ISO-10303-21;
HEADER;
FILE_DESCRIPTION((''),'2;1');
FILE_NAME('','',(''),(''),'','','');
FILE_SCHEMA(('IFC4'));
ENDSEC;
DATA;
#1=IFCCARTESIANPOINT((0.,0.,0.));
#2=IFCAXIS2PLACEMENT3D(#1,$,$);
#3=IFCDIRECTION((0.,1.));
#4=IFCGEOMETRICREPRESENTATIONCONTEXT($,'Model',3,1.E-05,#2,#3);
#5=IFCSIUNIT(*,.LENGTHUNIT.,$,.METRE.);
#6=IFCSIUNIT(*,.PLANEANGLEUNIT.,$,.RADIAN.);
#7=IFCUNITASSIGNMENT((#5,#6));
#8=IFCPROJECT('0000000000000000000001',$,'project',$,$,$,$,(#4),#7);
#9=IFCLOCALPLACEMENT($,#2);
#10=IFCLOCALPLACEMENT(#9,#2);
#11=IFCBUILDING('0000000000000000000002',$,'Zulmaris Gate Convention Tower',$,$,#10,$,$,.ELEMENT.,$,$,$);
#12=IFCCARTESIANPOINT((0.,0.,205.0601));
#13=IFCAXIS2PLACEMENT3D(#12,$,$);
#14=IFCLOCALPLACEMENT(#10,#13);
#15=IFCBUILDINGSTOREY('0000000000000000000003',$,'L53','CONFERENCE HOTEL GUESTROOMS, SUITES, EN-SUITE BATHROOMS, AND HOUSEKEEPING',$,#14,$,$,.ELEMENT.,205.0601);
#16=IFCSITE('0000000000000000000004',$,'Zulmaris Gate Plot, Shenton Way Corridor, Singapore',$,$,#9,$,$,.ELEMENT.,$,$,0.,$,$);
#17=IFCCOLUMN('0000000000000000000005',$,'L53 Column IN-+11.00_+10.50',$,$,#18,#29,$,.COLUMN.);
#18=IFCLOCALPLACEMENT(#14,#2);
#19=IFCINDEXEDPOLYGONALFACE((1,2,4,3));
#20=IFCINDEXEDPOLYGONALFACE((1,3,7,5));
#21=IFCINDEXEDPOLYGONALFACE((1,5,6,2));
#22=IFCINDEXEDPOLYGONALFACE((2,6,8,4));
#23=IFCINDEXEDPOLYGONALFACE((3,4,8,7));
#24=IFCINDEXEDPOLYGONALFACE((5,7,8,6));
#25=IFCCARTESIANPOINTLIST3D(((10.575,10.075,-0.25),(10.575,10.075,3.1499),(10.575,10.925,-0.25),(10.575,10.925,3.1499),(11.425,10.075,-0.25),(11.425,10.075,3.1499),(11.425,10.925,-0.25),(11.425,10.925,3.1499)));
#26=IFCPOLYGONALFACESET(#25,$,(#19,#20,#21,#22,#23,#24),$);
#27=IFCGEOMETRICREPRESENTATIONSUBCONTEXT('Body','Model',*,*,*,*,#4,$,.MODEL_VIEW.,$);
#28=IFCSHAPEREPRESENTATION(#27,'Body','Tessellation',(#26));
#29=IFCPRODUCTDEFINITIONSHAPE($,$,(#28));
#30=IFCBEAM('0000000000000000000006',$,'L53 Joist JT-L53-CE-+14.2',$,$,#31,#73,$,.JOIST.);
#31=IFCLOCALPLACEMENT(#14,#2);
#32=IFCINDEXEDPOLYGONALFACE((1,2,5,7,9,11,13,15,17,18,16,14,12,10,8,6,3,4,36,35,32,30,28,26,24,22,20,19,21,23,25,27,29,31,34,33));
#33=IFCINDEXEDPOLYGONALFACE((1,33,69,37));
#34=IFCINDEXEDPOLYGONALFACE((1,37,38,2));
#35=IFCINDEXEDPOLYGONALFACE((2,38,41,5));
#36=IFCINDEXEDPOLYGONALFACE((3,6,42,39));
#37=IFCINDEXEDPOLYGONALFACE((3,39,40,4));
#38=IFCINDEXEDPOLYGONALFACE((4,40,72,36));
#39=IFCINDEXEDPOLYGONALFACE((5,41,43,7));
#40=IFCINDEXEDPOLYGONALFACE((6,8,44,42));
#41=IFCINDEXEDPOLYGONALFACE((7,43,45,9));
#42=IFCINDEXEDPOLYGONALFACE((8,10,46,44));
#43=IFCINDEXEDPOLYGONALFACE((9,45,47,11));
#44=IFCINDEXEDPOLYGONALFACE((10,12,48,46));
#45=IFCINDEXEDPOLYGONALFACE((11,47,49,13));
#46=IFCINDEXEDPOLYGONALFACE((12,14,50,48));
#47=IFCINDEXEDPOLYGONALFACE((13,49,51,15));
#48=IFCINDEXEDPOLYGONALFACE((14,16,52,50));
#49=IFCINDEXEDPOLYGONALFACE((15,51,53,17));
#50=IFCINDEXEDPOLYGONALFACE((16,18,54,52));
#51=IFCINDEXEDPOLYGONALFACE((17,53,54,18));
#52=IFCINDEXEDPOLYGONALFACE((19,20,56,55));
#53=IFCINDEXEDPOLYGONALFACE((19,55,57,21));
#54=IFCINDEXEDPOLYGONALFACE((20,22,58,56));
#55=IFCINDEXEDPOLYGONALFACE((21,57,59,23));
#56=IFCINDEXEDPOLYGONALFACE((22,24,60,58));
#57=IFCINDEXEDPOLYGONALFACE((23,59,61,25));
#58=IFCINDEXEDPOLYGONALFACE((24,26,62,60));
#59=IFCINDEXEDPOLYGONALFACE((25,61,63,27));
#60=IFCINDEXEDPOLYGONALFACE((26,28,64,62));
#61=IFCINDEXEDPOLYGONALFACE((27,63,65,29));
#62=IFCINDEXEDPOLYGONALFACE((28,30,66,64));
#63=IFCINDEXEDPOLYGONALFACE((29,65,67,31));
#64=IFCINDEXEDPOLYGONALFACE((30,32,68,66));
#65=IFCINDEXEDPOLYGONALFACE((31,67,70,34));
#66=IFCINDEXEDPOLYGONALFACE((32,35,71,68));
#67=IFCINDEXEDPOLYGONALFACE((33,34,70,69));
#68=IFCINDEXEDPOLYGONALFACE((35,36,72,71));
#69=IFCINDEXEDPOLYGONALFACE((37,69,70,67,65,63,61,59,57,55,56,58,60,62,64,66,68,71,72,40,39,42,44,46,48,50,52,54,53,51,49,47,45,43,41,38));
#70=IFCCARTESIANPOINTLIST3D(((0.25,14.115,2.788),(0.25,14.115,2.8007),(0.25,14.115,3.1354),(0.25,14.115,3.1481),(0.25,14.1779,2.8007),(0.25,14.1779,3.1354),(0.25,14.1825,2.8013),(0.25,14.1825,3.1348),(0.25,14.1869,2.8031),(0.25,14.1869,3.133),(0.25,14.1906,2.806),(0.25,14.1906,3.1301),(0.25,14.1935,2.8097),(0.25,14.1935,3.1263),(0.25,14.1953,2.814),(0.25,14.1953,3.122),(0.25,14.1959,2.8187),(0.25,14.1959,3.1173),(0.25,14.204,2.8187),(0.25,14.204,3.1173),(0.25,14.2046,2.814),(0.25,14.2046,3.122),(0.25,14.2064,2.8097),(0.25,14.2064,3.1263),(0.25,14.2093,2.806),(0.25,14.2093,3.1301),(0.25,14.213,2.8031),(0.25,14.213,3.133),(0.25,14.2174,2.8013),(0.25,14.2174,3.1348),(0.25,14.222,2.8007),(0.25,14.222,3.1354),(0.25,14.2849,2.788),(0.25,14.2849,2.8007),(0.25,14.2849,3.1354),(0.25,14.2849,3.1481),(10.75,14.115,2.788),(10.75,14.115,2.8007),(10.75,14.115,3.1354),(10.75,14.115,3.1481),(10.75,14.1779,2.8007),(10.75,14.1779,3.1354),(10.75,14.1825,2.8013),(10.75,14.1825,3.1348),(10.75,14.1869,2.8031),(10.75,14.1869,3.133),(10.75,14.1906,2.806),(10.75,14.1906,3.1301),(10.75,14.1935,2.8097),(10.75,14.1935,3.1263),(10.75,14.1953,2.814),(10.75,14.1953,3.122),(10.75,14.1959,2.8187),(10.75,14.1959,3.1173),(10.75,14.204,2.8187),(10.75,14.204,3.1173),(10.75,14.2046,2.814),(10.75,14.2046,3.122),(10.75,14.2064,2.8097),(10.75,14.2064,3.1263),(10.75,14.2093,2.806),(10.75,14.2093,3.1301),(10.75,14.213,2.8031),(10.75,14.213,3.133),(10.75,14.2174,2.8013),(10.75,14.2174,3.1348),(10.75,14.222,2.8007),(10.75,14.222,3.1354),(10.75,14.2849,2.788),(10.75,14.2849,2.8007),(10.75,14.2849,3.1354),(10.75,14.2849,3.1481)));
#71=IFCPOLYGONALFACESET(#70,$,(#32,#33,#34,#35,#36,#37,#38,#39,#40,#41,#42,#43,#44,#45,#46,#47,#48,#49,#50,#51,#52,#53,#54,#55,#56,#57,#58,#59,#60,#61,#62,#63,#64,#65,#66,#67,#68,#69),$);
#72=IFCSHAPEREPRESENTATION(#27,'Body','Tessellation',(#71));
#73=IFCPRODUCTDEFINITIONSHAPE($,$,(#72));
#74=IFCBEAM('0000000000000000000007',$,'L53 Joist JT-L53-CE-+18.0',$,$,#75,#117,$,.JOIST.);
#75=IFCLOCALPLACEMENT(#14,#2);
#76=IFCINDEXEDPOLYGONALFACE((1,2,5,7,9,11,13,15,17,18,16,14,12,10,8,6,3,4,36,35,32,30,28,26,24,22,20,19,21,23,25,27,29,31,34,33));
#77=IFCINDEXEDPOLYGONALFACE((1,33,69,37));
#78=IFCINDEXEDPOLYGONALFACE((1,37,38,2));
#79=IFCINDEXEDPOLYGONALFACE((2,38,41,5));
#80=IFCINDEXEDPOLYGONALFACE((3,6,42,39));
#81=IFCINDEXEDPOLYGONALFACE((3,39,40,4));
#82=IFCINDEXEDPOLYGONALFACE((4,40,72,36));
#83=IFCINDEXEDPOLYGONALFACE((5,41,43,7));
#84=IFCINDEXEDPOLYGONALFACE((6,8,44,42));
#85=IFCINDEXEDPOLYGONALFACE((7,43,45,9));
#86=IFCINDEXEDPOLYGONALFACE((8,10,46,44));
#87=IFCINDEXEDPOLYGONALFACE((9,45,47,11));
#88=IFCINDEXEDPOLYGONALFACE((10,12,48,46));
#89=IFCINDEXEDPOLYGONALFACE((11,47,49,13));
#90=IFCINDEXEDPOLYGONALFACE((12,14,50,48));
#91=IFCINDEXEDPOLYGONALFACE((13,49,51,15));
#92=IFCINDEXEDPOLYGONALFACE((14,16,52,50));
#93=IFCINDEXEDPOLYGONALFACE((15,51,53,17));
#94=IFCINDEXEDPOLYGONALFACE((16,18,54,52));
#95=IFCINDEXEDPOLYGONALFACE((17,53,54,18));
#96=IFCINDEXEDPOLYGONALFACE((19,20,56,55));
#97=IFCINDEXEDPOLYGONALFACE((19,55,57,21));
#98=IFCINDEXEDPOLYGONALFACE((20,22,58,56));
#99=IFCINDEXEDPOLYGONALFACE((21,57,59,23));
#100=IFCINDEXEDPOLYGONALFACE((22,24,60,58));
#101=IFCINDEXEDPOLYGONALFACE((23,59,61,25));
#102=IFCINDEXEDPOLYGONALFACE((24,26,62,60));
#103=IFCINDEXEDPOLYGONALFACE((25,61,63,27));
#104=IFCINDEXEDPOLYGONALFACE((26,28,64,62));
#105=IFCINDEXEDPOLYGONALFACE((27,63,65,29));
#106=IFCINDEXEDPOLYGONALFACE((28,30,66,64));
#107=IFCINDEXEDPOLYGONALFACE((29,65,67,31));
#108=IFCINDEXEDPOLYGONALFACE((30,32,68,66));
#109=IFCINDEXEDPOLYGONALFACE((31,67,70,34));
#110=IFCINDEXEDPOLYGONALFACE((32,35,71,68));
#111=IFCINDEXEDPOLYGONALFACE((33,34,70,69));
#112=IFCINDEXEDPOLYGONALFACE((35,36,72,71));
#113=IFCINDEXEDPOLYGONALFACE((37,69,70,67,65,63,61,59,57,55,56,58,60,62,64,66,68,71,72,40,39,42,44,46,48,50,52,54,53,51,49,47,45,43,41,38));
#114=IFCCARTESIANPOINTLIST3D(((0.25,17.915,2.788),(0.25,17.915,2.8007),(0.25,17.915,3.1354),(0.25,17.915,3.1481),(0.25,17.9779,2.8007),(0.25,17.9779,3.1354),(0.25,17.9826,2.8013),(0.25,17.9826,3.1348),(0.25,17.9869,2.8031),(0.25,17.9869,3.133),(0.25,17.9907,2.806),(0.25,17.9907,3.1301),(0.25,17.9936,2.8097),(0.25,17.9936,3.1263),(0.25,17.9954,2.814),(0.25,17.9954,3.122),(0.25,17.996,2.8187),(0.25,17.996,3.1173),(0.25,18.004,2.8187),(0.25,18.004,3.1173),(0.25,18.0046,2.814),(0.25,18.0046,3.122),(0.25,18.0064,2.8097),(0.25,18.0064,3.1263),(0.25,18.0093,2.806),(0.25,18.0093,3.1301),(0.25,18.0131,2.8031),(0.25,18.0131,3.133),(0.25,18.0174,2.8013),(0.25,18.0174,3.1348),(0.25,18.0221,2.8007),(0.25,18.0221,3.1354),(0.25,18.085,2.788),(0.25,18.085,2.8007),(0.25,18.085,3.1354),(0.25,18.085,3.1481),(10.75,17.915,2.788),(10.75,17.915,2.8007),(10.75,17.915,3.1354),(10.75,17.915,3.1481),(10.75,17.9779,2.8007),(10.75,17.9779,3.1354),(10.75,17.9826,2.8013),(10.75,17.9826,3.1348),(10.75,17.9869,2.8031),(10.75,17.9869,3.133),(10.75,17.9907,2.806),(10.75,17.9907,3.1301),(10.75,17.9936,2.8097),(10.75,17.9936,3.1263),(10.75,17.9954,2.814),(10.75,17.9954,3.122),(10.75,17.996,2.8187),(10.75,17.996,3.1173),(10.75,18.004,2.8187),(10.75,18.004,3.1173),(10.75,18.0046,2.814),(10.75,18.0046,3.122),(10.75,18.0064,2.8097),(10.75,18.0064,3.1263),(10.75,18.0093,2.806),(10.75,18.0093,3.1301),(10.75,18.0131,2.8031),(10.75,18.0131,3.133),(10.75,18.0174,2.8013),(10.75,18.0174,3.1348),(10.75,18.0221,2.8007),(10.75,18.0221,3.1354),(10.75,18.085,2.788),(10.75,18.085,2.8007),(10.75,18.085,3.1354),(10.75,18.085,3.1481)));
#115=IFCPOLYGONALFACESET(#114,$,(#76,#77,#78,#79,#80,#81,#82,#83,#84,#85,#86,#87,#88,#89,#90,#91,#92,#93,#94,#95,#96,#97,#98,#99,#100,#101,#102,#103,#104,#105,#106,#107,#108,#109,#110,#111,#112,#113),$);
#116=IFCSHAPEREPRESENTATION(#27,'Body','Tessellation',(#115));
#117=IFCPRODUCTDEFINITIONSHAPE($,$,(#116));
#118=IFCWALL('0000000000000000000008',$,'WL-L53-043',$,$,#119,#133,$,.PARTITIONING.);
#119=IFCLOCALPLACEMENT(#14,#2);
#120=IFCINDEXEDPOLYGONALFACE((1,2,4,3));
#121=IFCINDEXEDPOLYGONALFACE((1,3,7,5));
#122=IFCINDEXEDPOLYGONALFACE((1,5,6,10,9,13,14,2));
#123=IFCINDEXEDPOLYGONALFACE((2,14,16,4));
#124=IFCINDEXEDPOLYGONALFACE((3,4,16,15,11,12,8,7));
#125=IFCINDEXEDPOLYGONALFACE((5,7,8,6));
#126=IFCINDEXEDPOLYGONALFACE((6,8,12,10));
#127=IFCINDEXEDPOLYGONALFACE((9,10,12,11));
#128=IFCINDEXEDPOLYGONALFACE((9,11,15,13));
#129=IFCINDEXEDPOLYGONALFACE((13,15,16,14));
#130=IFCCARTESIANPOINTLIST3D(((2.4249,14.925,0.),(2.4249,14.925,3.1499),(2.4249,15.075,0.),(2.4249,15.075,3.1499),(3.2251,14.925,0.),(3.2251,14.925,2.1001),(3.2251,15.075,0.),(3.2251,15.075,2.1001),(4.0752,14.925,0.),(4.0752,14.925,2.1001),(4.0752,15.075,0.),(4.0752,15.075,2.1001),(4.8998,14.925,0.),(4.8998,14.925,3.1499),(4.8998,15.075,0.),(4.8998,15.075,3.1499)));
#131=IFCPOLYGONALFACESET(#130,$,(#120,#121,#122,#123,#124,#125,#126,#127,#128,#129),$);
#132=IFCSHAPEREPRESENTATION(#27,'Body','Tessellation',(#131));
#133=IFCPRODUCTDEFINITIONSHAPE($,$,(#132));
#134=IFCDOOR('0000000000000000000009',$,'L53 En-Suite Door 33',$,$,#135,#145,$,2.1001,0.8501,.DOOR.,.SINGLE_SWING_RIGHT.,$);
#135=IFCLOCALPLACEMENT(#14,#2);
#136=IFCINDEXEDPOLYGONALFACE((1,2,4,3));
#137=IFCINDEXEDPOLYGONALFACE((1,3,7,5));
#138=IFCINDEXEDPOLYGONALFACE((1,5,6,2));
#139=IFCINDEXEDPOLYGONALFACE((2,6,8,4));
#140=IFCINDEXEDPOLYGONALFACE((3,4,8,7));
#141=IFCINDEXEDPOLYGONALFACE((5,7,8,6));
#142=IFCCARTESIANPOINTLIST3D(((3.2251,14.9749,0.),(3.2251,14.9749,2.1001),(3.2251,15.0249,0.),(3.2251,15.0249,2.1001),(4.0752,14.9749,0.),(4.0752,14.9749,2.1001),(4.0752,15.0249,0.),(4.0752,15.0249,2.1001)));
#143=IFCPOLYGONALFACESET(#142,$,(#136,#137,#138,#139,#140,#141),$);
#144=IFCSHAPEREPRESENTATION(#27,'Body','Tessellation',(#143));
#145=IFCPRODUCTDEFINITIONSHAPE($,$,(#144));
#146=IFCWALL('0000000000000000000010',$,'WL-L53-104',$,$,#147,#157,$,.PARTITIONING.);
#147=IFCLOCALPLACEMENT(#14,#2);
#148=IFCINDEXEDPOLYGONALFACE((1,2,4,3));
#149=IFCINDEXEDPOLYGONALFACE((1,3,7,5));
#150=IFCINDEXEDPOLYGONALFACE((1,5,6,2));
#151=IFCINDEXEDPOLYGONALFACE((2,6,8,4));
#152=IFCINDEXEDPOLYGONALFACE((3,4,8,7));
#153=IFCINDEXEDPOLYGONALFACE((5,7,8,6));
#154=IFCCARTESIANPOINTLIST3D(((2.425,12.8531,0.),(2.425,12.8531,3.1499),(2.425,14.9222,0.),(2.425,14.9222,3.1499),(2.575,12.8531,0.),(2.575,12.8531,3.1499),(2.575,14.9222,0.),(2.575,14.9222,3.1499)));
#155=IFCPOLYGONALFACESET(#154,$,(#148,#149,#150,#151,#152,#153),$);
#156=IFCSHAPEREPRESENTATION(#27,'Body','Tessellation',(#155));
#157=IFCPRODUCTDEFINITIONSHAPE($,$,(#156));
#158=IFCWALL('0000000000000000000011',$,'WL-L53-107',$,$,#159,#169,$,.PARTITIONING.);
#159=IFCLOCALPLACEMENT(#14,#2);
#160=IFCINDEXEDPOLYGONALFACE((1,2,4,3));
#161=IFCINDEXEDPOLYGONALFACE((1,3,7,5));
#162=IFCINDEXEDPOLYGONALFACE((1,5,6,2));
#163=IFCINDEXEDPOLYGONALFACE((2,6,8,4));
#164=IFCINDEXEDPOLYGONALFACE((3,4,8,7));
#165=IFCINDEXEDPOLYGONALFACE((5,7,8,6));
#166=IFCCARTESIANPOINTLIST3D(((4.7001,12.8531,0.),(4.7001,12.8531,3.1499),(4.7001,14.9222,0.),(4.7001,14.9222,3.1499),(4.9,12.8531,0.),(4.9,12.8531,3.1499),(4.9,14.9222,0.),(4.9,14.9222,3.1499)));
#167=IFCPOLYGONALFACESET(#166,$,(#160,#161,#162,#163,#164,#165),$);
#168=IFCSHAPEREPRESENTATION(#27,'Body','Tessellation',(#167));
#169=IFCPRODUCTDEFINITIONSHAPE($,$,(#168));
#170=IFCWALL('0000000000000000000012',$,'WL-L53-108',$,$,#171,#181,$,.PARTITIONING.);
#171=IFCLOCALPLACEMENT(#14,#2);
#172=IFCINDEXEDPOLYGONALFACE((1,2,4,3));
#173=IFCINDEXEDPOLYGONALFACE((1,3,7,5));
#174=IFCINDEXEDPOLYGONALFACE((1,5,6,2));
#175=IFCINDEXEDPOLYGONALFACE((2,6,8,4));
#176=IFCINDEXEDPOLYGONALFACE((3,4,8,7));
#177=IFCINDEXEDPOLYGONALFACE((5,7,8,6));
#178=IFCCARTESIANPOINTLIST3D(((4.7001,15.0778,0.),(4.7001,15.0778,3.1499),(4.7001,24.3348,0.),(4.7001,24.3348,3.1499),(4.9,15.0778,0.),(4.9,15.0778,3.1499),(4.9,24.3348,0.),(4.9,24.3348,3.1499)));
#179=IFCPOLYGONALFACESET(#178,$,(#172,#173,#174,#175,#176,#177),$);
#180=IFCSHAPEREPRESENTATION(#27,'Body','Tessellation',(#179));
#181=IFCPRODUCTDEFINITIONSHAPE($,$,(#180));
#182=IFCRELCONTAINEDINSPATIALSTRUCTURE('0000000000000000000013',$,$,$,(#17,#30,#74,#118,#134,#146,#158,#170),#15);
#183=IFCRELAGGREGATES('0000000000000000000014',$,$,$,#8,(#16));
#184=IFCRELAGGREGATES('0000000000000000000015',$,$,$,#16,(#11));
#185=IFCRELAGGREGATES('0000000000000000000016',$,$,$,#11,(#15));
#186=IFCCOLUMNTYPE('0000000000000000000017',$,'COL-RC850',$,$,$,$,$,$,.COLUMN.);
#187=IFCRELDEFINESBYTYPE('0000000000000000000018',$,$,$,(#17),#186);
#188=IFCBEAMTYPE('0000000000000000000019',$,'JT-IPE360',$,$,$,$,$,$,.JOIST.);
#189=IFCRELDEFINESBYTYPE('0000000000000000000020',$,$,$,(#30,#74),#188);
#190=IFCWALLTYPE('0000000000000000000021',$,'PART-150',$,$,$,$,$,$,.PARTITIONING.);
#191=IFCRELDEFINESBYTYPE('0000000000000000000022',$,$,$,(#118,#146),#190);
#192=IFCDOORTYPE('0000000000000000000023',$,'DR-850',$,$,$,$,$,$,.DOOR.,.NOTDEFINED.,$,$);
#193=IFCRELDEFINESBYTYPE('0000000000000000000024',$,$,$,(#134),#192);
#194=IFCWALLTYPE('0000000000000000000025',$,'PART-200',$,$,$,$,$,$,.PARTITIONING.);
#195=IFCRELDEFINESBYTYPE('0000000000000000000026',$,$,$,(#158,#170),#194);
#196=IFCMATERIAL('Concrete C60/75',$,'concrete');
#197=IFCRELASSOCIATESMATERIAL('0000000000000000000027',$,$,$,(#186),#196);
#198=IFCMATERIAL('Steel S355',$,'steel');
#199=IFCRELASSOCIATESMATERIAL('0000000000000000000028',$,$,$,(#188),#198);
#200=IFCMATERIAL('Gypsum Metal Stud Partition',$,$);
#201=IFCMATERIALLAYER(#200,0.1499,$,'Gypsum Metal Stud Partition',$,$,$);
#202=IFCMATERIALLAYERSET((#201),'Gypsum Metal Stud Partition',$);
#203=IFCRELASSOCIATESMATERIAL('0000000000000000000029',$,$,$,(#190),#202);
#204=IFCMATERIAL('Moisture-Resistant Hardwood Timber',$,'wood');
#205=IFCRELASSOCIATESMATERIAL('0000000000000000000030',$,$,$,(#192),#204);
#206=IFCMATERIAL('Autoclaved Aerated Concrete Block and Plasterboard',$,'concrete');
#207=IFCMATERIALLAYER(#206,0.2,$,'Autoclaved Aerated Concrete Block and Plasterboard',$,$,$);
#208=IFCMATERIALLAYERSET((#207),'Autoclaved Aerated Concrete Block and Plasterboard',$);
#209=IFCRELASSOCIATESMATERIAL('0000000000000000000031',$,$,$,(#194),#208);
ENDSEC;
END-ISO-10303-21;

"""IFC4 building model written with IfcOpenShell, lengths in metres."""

from ifc_helpers import new_model, si_unit, direction, frame, frame_2d, origin, origin_2d, place, context, subcontext, project, spatial, rectangle, i_section, extrude, material, layer, layer_set, material_profile, profile_set, type_object, element, fill, save


model = new_model("IFC4")

# Units and contexts
model_context = context("Model", 3, precision=1e-05, world=origin(), true_north=direction((0.0, 1.0)))
body_context = subcontext(model_context, "Body", "Model", "MODEL_VIEW")
ifc_project = project(units=[si_unit("LENGTHUNIT", "METRE"), si_unit("PLANEANGLEUNIT", "RADIAN")], contexts=[model_context])

# Site, building, storey
site_placement = place(None, origin())
site = spatial("IfcSite", under=ifc_project, at=site_placement, Name="Zulmaris Gate Plot, Shenton Way Corridor, Singapore", CompositionType="ELEMENT", RefElevation=0.0)
building_placement = place(site_placement, origin())
building = spatial("IfcBuilding", under=site, at=building_placement, Name="Zulmaris Gate Convention Tower", CompositionType="ELEMENT")
storey_placement = place(building_placement, frame((0.0, 0.0, 205.0601)))
storey = spatial("IfcBuildingStorey", under=building, at=storey_placement, Name="L53", Description="CONFERENCE HOTEL GUESTROOMS, SUITES, EN-SUITE BATHROOMS, AND HOUSEKEEPING", CompositionType="ELEMENT", Elevation=205.0601)

# Column
ifc_material_1 = material(Name="Concrete C60/75", Category="concrete")
ifc_material_profile_1 = material_profile(ifc_material_1, rectangle(XDim=0.8501, YDim=0.8501, at=origin_2d()), Name="RC COL 850x850")
ifc_profile_set_1 = profile_set([ifc_material_profile_1], Name="Concrete C60/75")
column_type = type_object("IfcColumnType", Name="COL-RC850", PredefinedType="COLUMN", material=ifc_profile_set_1)
column_placement = place(storey_placement, frame((11.0, 10.5, -0.25), z_axis=(0.0, 0.0, 1.0), x_axis=(1.0, 0.0, 0.0)))
element("IfcColumn", 1, at=column_placement, inside=storey, type_object=column_type, Name="L53 Column IN-+11.00_+10.50", PredefinedType="COLUMN", context=body_context, shape_type="SweptSolid", body=[
    extrude(rectangle(XDim=0.8501, YDim=0.8501, at=origin_2d()), origin(), (0.0, 0.0, 1.0), 3.3999),
])

# Beams
ifc_material_2 = material(Name="Steel S355", Category="steel")
ifc_material_profile_2 = material_profile(ifc_material_2, i_section(OverallWidth=0.1699, OverallDepth=0.3601, WebThickness=0.0081, FlangeThickness=0.0127, FilletRadius=0.0181, at=origin_2d()), Name="IPE 360")
ifc_profile_set_2 = profile_set([ifc_material_profile_2], Name="Steel S355")
beam_type = type_object("IfcBeamType", Name="JT-IPE360", PredefinedType="JOIST", material=ifc_profile_set_2)
for number, where, z_axis, x_axis, name in (
    (2, (0.25, 14.2, 2.968), (1.0, 0.0, 0.0), (0.0, 1.0, 0.0), "L53 Joist JT-L53-CE-+14.2"),
    (3, (0.25, 18.0, 2.968), (1.0, 0.0, 0.0), (0.0, 1.0, 0.0), "L53 Joist JT-L53-CE-+18.0"),
):
    element("IfcBeam", number, at=place(storey_placement, frame(where, z_axis=z_axis, x_axis=x_axis)), inside=storey, type_object=beam_type, Name=name, PredefinedType="JOIST", context=body_context, shape_type="SweptSolid", body=[
        extrude(i_section(OverallWidth=0.1699, OverallDepth=0.3601, WebThickness=0.0081, FlangeThickness=0.0127, FilletRadius=0.0181, at=origin_2d()), origin(), (0.0, 0.0, 1.0), 10.5),
    ])

# Wall, opening, door
ifc_material_3 = material(Name="Gypsum Metal Stud Partition")
ifc_layer_1 = layer(ifc_material_3, 0.1499, Name="Gypsum Metal Stud Partition")
ifc_layer_set_1 = layer_set([ifc_layer_1], Name="Gypsum Metal Stud Partition")
wall_type_1 = type_object("IfcWallType", Name="PART-150", PredefinedType="PARTITIONING", material=ifc_layer_set_1)
wall_1_placement = place(storey_placement, frame((2.425, 15.0, 0.0), z_axis=(0.0, 0.0, 1.0), x_axis=(1.0, 0.0, 0.0)))
wall_1 = element("IfcWall", 4, at=wall_1_placement, inside=storey, type_object=wall_type_1, Name="WL-L53-043", PredefinedType="PARTITIONING", context=body_context, shape_type="SweptSolid", body=[
    extrude(rectangle(XDim=2.4749, YDim=0.1499, at=frame_2d((1.2373, 0.0))), origin(), (0.0, 0.0, 1.0), 3.1499),
])
opening_1_placement = place(wall_1_placement, frame((0.8, 0.0, 0.0)))
opening_1 = element("IfcOpeningElement", 5, at=opening_1_placement, cuts=wall_1, PredefinedType="OPENING", context=body_context, shape_type="SweptSolid", body=[
    extrude(rectangle(XDim=0.8501, YDim=2.1001, at=frame_2d((0.425, 1.05))), frame((0.0, 0.085, 0.0), z_axis=(0.0, -1.0, 0.0), x_axis=(1.0, 0.0, 0.0)), (0.0, 0.0, 1.0), 0.1699),
])
ifc_material_4 = material(Name="Moisture-Resistant Hardwood Timber", Category="wood")
door_type = type_object("IfcDoorType", Name="DR-850", OperationType="NOTDEFINED", PredefinedType="DOOR", material=ifc_material_4)
door_placement = place(opening_1_placement, origin())
door = element("IfcDoor", 6, at=door_placement, inside=storey, type_object=door_type, Name="L53 En-Suite Door 33", OperationType="SINGLE_SWING_RIGHT", OverallHeight=2.1001, OverallWidth=0.8501, PredefinedType="DOOR", context=body_context, shape_type="SweptSolid", body=[
    extrude(rectangle(XDim=0.8501, YDim=2.1001, at=frame_2d((0.425, 1.05))), frame((0.0, 0.0249, 0.0), z_axis=(0.0, -1.0, 0.0), x_axis=(1.0, 0.0, 0.0)), (0.0, 0.0, 1.0), 0.05),
])
fill(opening_1, door)

# Walls
wall_2_placement = place(storey_placement, frame((2.5, 12.853, 0.0), z_axis=(0.0, 0.0, 1.0), x_axis=(0.0, 1.0, 0.0)))
element("IfcWall", 7, at=wall_2_placement, inside=storey, type_object=wall_type_1, Name="WL-L53-104", PredefinedType="PARTITIONING", context=body_context, shape_type="SweptSolid", body=[
    extrude(rectangle(XDim=2.0691, YDim=0.1499, at=frame_2d((1.0347, 0.0))), origin(), (0.0, 0.0, 1.0), 3.1499),
])
ifc_material_5 = material(Name="Autoclaved Aerated Concrete Block and Plasterboard", Category="concrete")
ifc_layer_2 = layer(ifc_material_5, 0.2, Name="Autoclaved Aerated Concrete Block and Plasterboard")
ifc_layer_set_2 = layer_set([ifc_layer_2], Name="Autoclaved Aerated Concrete Block and Plasterboard")
wall_type_2 = type_object("IfcWallType", Name="PART-200", PredefinedType="PARTITIONING", material=ifc_layer_set_2)
wall_3_placement = place(storey_placement, frame((4.8, 12.853, 0.0), z_axis=(0.0, 0.0, 1.0), x_axis=(0.0, 1.0, 0.0)))
element("IfcWall", 8, at=wall_3_placement, inside=storey, type_object=wall_type_2, Name="WL-L53-107", PredefinedType="PARTITIONING", context=body_context, shape_type="SweptSolid", body=[
    extrude(rectangle(XDim=2.0691, YDim=0.2, at=frame_2d((1.0347, 0.0))), origin(), (0.0, 0.0, 1.0), 3.1499),
])
wall_4_placement = place(storey_placement, frame((4.8, 15.0779, 0.0), z_axis=(0.0, 0.0, 1.0), x_axis=(0.0, 1.0, 0.0)))
element("IfcWall", 9, at=wall_4_placement, inside=storey, type_object=wall_type_2, Name="WL-L53-108", PredefinedType="PARTITIONING", context=body_context, shape_type="SweptSolid", body=[
    extrude(rectangle(XDim=9.2571, YDim=0.2, at=frame_2d((4.6284, 0.0))), origin(), (0.0, 0.0, 1.0), 3.1499),
])

save(model, "model.ifc")
